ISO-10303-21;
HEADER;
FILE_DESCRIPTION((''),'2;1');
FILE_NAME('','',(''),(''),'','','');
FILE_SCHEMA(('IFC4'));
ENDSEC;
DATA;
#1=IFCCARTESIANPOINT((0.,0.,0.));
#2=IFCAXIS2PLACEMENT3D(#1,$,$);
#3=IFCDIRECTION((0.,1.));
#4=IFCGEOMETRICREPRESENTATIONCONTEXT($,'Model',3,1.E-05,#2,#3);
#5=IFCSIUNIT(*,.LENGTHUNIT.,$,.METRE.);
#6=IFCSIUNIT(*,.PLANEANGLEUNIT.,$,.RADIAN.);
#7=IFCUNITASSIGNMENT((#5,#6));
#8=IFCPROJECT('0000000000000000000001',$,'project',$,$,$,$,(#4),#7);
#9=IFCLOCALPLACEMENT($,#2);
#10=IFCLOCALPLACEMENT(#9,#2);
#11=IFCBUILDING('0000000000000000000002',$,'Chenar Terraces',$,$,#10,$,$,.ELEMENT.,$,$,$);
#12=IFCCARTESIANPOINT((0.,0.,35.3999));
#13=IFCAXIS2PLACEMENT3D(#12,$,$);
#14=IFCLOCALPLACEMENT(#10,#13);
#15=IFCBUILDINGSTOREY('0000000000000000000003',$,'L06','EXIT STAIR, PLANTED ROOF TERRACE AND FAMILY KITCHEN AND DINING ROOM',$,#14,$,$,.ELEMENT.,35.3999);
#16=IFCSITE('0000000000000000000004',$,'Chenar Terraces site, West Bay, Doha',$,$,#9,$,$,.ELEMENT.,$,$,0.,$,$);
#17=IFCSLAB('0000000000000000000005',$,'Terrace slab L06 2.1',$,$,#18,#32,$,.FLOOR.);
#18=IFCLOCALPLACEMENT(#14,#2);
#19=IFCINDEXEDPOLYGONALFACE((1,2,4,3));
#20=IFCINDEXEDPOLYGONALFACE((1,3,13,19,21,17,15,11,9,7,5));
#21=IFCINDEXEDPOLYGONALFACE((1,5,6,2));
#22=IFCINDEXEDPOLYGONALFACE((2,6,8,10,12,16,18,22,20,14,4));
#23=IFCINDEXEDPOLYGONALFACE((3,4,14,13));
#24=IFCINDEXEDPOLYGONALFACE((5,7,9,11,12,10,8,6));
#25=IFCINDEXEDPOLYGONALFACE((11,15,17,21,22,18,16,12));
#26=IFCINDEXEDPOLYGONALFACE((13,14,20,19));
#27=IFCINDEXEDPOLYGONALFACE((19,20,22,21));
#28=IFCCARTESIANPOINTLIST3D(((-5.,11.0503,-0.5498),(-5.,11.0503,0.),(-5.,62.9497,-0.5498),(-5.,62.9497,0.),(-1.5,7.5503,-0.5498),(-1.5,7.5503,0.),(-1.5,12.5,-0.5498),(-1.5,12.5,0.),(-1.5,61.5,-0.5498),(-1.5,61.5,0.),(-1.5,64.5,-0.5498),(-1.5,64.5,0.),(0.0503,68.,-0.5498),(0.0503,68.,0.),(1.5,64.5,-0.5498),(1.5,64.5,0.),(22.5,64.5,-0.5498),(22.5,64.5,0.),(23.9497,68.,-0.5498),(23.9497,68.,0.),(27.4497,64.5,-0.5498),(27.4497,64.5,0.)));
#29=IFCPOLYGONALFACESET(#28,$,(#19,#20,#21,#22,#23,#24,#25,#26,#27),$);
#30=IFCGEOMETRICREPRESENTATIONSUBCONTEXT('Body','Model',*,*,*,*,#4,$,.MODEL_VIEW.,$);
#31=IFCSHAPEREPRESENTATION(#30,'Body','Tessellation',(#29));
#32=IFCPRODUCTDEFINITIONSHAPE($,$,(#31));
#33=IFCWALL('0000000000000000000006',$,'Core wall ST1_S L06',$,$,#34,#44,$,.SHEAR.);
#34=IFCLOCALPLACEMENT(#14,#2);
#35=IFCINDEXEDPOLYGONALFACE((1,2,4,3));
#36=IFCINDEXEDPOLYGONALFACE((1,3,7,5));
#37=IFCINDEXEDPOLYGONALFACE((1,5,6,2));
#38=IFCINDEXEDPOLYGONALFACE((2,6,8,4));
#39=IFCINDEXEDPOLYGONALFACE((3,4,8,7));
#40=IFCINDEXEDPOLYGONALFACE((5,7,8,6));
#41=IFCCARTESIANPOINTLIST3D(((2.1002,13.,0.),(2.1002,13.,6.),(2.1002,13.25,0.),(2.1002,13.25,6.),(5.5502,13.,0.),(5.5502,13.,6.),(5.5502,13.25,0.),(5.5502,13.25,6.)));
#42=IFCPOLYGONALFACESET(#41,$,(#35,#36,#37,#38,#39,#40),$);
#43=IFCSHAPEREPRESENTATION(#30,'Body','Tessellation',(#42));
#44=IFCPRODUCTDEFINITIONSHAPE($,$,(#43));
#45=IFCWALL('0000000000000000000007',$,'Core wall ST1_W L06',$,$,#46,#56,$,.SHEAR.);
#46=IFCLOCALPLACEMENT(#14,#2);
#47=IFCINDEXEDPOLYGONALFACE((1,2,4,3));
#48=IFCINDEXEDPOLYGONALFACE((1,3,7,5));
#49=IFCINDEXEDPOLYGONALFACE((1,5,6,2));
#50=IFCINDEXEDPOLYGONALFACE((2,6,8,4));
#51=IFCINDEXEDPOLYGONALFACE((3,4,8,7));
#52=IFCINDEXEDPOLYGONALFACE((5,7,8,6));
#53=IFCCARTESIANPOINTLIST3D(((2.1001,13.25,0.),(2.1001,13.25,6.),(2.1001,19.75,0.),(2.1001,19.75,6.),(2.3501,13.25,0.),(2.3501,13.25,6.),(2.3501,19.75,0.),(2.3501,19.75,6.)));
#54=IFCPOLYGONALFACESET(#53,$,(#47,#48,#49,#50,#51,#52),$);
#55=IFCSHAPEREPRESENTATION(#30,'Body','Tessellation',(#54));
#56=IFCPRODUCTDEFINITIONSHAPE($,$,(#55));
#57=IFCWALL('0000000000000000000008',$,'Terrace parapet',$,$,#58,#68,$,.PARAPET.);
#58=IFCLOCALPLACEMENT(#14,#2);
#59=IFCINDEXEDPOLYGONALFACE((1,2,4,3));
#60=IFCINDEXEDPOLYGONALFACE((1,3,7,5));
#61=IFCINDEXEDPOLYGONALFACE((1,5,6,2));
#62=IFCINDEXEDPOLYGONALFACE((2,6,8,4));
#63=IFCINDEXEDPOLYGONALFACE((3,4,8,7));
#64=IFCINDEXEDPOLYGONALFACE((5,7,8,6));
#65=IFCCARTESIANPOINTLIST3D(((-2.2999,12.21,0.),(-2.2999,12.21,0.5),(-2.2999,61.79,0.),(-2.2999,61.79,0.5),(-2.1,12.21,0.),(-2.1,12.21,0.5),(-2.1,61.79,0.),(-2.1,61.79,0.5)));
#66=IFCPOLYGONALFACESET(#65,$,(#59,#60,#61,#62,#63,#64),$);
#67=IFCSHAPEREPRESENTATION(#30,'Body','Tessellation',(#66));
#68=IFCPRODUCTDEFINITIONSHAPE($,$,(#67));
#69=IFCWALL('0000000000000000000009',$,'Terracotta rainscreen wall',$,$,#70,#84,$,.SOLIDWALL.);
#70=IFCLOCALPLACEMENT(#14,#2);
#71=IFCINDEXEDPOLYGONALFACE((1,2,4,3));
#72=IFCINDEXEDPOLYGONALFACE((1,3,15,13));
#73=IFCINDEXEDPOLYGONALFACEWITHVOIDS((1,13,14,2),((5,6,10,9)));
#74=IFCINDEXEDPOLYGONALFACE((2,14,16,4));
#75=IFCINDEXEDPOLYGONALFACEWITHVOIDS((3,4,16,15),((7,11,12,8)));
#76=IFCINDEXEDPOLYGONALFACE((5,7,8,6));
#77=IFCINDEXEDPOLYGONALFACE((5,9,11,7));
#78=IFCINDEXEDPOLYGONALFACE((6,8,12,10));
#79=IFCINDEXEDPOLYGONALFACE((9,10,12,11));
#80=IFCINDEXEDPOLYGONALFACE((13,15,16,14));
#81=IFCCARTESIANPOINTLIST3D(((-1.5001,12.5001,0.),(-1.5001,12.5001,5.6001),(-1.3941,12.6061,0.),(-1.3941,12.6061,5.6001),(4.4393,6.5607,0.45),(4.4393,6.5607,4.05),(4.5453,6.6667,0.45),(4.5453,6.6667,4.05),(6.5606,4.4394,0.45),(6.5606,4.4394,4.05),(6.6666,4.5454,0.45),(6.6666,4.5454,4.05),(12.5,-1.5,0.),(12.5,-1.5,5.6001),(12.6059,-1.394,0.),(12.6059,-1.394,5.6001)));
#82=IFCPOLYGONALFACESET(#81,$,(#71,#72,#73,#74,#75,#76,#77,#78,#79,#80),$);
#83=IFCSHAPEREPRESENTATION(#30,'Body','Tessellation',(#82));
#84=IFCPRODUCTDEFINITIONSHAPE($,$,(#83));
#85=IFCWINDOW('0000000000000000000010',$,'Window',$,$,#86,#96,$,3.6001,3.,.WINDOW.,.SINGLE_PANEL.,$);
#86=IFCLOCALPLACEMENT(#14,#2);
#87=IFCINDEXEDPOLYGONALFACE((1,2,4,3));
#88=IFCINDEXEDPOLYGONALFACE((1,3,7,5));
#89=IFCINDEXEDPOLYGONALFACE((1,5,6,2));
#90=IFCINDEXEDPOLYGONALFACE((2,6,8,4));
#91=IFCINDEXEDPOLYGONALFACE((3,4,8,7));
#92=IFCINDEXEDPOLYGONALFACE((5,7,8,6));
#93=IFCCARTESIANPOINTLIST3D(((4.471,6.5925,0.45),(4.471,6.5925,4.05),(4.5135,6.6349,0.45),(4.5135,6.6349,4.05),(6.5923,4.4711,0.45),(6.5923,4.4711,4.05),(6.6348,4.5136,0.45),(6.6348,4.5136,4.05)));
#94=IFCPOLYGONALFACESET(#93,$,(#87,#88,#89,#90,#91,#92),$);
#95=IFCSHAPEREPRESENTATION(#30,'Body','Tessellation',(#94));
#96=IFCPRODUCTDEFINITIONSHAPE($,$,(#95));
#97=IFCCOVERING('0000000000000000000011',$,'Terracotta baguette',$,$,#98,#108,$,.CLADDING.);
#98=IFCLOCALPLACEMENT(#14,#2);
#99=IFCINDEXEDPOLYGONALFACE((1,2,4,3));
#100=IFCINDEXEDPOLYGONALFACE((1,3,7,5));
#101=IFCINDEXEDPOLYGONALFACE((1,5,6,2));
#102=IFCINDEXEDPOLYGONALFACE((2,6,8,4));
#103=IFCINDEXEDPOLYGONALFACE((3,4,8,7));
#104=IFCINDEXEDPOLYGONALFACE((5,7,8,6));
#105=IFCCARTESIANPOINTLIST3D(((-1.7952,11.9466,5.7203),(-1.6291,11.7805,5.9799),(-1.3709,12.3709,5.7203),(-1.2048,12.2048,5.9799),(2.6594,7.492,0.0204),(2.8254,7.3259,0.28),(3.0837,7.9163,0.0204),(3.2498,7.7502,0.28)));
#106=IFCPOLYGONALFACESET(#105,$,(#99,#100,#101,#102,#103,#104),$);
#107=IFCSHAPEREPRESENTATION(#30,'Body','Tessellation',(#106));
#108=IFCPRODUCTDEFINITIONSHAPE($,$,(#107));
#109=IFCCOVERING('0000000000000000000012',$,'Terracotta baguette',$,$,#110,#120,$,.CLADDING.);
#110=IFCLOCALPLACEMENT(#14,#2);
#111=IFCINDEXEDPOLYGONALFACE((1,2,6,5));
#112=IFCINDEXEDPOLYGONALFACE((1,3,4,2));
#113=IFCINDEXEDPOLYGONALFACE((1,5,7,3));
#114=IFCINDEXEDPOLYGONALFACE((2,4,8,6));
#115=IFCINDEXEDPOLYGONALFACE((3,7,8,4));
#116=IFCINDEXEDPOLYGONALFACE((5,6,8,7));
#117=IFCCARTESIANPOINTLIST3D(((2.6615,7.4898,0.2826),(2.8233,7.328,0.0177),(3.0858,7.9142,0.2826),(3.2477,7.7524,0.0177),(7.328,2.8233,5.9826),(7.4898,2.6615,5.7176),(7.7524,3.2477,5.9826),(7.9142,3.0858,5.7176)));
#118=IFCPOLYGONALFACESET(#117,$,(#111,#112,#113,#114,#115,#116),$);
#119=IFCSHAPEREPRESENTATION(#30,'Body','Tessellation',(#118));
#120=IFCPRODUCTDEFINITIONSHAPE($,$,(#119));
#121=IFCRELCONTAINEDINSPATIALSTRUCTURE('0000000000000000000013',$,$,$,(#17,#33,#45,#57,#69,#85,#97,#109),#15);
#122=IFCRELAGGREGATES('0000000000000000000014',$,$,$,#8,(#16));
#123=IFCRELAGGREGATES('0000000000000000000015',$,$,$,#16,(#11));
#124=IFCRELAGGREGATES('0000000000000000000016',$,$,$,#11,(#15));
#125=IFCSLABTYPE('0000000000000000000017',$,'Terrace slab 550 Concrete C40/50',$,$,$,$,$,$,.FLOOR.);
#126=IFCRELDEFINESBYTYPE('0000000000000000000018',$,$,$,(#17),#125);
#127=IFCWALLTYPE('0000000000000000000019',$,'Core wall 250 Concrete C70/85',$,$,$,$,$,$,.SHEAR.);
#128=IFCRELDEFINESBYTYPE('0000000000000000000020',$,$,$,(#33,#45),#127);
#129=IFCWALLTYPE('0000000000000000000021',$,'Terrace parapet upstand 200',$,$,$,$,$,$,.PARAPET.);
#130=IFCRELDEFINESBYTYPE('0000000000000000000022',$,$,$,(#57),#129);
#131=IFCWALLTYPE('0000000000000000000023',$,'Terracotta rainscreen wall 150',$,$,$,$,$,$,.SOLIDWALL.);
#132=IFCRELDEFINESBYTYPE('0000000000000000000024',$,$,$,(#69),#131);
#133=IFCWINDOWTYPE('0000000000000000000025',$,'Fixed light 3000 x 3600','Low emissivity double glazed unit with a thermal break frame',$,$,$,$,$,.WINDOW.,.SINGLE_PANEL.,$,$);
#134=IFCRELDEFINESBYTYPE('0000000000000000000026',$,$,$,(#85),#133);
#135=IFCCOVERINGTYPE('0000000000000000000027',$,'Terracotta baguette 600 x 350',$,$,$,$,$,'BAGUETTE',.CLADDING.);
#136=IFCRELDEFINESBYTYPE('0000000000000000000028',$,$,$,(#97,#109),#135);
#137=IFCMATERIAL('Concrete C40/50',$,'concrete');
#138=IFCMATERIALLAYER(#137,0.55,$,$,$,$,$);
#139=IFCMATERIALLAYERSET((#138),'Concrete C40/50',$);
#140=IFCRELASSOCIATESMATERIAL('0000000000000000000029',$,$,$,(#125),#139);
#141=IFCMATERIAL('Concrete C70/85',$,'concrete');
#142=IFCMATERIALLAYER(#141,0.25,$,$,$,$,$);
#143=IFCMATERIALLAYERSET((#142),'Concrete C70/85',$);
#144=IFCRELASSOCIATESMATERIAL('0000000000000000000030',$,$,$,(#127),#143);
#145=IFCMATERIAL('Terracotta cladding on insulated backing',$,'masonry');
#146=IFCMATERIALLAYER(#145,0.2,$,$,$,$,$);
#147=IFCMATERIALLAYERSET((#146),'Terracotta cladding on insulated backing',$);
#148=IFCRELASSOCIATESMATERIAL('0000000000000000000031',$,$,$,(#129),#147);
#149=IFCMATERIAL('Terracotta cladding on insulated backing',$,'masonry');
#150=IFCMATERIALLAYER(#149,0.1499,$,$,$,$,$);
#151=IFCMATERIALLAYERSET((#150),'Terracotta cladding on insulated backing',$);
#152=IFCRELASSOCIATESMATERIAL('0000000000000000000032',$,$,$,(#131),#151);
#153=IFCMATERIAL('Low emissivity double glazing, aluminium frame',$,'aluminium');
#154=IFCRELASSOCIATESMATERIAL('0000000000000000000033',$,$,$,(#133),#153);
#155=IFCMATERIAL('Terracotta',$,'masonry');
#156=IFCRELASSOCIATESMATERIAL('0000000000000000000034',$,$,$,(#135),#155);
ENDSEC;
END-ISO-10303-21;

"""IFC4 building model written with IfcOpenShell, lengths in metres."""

from ifc_helpers import new_model, si_unit, direction, frame, frame_2d, origin, origin_2d, place, context, subcontext, project, spatial, polyline, rectangle, outline, extrude, material, layer, layer_set, material_profile, profile_set, type_object, element, fill, save


model = new_model("IFC4")

# Units and contexts
model_context = context("Model", 3, precision=1e-05, world=origin(), true_north=direction((0.0, 1.0)))
body_context = subcontext(model_context, "Body", "Model", "MODEL_VIEW")
ifc_project = project(units=[si_unit("LENGTHUNIT", "METRE"), si_unit("PLANEANGLEUNIT", "RADIAN")], contexts=[model_context])

# Site, building, storey
site_placement = place(None, origin())
site = spatial("IfcSite", under=ifc_project, at=site_placement, Name="Chenar Terraces site, West Bay, Doha", CompositionType="ELEMENT", RefElevation=0.0)
building_placement = place(site_placement, origin())
building = spatial("IfcBuilding", under=site, at=building_placement, Name="Chenar Terraces", CompositionType="ELEMENT")
storey_placement = place(building_placement, frame((0.0, 0.0, 35.3999)))
storey = spatial("IfcBuildingStorey", under=building, at=storey_placement, Name="L06", Description="EXIT STAIR, PLANTED ROOF TERRACE AND FAMILY KITCHEN AND DINING ROOM", CompositionType="ELEMENT", Elevation=35.3999)

# Slab
placement_1 = place(storey_placement, frame((0.0, 0.0, -0.5498)))
ifc_material_1 = material(Name="Concrete C40/50", Category="concrete")
ifc_layer_1 = layer(ifc_material_1, 0.55)
ifc_layer_set_1 = layer_set([ifc_layer_1], Name="Concrete C40/50")
slab_type_1 = type_object("IfcSlabType", Name="Terrace slab 550 Concrete C40/50", PredefinedType="FLOOR", material=ifc_layer_set_1)
element("IfcSlab", 1, at=placement_1, inside=storey, type_object=slab_type_1, Name="Terrace slab L06 2.1", PredefinedType="FLOOR", context=body_context, shape_type="SweptSolid", body=[
    extrude(outline(polyline([(-5.0, 11.0503), (-5.0, 62.9497), (0.0503, 68.0), (23.9497, 68.0), (27.4497, 64.5), (22.5, 64.5), (1.5, 64.5), (-1.5, 64.5), (-1.5, 61.5), (-1.5, 12.5), (-1.5, 7.5503), (-5.0, 11.0503)])), origin(), (0.0, 0.0, 1.0), 0.5498),
])

# Walls
ifc_material_2 = material(Name="Concrete C70/85", Category="concrete")
ifc_layer_2 = layer(ifc_material_2, 0.25)
ifc_layer_set_2 = layer_set([ifc_layer_2], Name="Concrete C70/85")
wall_type_1 = type_object("IfcWallType", Name="Core wall 250 Concrete C70/85", PredefinedType="SHEAR", material=ifc_layer_set_2)
wall_1_placement = place(storey_placement, frame((2.1001, 13.125, 0.0), z_axis=(0.0, 0.0, 1.0), x_axis=(1.0, 0.0, 0.0)))
element("IfcWall", 2, at=wall_1_placement, inside=storey, type_object=wall_type_1, Name="Core wall ST1_S L06", PredefinedType="SHEAR", context=body_context, shape_type="SweptSolid", body=[
    extrude(rectangle(XDim=3.45, YDim=0.25, at=frame_2d((1.7251, 0.0))), origin(), (0.0, 0.0, 1.0), 6.0),
])
wall_2_placement = place(storey_placement, frame((2.2251, 13.25, 0.0), z_axis=(0.0, 0.0, 1.0), x_axis=(0.0, 1.0, 0.0)))
element("IfcWall", 3, at=wall_2_placement, inside=storey, type_object=wall_type_1, Name="Core wall ST1_W L06", PredefinedType="SHEAR", context=body_context, shape_type="SweptSolid", body=[
    extrude(rectangle(XDim=6.5, YDim=0.25, at=frame_2d((3.25, 0.0))), origin(), (0.0, 0.0, 1.0), 6.0),
])
ifc_material_3 = material(Name="Terracotta cladding on insulated backing", Category="masonry")
ifc_layer_3 = layer(ifc_material_3, 0.2)
ifc_layer_set_3 = layer_set([ifc_layer_3], Name="Terracotta cladding on insulated backing")
wall_type_2 = type_object("IfcWallType", Name="Terrace parapet upstand 200", PredefinedType="PARAPET", material=ifc_layer_set_3)
wall_3_placement = place(storey_placement, frame((-2.2, 12.21, 0.0), z_axis=(0.0, 0.0, 1.0), x_axis=(0.0, 1.0, 0.0)))
element("IfcWall", 4, at=wall_3_placement, inside=storey, type_object=wall_type_2, Name="Terrace parapet", PredefinedType="PARAPET", context=body_context, shape_type="SweptSolid", body=[
    extrude(rectangle(XDim=49.5801, YDim=0.2, at=frame_2d((24.79, 0.0))), origin(), (0.0, 0.0, 1.0), 0.5),
])

# Wall, opening, window
ifc_material_4 = material(Name="Terracotta cladding on insulated backing", Category="masonry")
ifc_layer_4 = layer(ifc_material_4, 0.1499)
ifc_layer_set_4 = layer_set([ifc_layer_4], Name="Terracotta cladding on insulated backing")
wall_type_3 = type_object("IfcWallType", Name="Terracotta rainscreen wall 150", PredefinedType="SOLIDWALL", material=ifc_layer_set_4)
wall_4_placement = place(storey_placement, frame((-1.447, 12.553, 0.0), z_axis=(0.0, 0.0, 1.0), x_axis=(0.707107, -0.707107, 0.0)))
wall_4 = element("IfcWall", 5, at=wall_4_placement, inside=storey, type_object=wall_type_3, Name="Terracotta rainscreen wall", PredefinedType="SOLIDWALL", context=body_context, shape_type="SweptSolid", body=[
    extrude(rectangle(XDim=19.7991, YDim=0.1499, at=frame_2d((9.8994, 0.0))), origin(), (0.0, 0.0, 1.0), 5.6001),
])
opening_placement = place(wall_4_placement, frame((8.3994, 0.0, 0.45)))
opening = element("IfcOpeningElement", 6, at=opening_placement, cuts=wall_4, PredefinedType="OPENING", context=body_context, shape_type="SweptSolid", body=[
    extrude(rectangle(XDim=3.0, YDim=3.6001, at=frame_2d((1.5, 1.8))), frame((0.0, 0.085, 0.0), z_axis=(0.0, -1.0, 0.0), x_axis=(1.0, 0.0, 0.0)), (0.0, 0.0, 1.0), 0.1699),
])
ifc_material_5 = material(Name="Low emissivity double glazing, aluminium frame", Category="aluminium")
window_type = type_object("IfcWindowType", Name="Fixed light 3000 x 3600", Description="Low emissivity double glazed unit with a thermal break frame", PartitioningType="SINGLE_PANEL", PredefinedType="WINDOW", material=ifc_material_5)
window_placement = place(opening_placement, origin())
window = element("IfcWindow", 7, at=window_placement, inside=storey, type_object=window_type, Name="Window", OverallHeight=3.6001, OverallWidth=3.0, PartitioningType="SINGLE_PANEL", PredefinedType="WINDOW", context=body_context, shape_type="SweptSolid", body=[
    extrude(rectangle(XDim=3.0, YDim=3.6001, at=frame_2d((1.5, 1.8))), frame((0.0, 0.03, 0.0), z_axis=(0.0, -1.0, 0.0), x_axis=(1.0, 0.0, 0.0)), (0.0, 0.0, 1.0), 0.0601),
])
fill(opening, window)

# Coverings
ifc_material_6 = material(Name="Terracotta", Category="masonry")
ifc_material_profile = material_profile(ifc_material_6, rectangle(XDim=0.6001, YDim=0.3501, at=origin_2d()), Name="Terracotta baguette 600 x 350")
ifc_profile_set = profile_set([ifc_material_profile], Name="Terracotta")
covering_type = type_object("IfcCoveringType", Name="Terracotta baguette 600 x 350", ElementType="BAGUETTE", PredefinedType="CLADDING", material=ifc_profile_set)
covering_1_placement = place(storey_placement, frame((-1.5, 12.0757, 5.8501), z_axis=(0.524337, -0.524337, -0.670925), x_axis=(0.707107, 0.707107, 0.0)))
element("IfcCovering", 8, at=covering_1_placement, inside=storey, type_object=covering_type, Name="Terracotta baguette", PredefinedType="CLADDING", context=body_context, shape_type="SweptSolid", body=[
    extrude(rectangle(XDim=0.6001, YDim=0.3501, at=origin_2d()), origin(), (0.0, 0.0, 1.0), 8.4956),
])
covering_2_placement = place(storey_placement, frame((2.9546, 7.6211, 0.1501), z_axis=(0.535137, -0.535137, 0.653649), x_axis=(0.707107, 0.707107, 0.0)))
element("IfcCovering", 9, at=covering_2_placement, inside=storey, type_object=covering_type, Name="Terracotta baguette", PredefinedType="CLADDING", context=body_context, shape_type="SweptSolid", body=[
    extrude(rectangle(XDim=0.6001, YDim=0.3501, at=origin_2d()), origin(), (0.0, 0.0, 1.0), 8.7202),
])

save(model, "model.ifc")
